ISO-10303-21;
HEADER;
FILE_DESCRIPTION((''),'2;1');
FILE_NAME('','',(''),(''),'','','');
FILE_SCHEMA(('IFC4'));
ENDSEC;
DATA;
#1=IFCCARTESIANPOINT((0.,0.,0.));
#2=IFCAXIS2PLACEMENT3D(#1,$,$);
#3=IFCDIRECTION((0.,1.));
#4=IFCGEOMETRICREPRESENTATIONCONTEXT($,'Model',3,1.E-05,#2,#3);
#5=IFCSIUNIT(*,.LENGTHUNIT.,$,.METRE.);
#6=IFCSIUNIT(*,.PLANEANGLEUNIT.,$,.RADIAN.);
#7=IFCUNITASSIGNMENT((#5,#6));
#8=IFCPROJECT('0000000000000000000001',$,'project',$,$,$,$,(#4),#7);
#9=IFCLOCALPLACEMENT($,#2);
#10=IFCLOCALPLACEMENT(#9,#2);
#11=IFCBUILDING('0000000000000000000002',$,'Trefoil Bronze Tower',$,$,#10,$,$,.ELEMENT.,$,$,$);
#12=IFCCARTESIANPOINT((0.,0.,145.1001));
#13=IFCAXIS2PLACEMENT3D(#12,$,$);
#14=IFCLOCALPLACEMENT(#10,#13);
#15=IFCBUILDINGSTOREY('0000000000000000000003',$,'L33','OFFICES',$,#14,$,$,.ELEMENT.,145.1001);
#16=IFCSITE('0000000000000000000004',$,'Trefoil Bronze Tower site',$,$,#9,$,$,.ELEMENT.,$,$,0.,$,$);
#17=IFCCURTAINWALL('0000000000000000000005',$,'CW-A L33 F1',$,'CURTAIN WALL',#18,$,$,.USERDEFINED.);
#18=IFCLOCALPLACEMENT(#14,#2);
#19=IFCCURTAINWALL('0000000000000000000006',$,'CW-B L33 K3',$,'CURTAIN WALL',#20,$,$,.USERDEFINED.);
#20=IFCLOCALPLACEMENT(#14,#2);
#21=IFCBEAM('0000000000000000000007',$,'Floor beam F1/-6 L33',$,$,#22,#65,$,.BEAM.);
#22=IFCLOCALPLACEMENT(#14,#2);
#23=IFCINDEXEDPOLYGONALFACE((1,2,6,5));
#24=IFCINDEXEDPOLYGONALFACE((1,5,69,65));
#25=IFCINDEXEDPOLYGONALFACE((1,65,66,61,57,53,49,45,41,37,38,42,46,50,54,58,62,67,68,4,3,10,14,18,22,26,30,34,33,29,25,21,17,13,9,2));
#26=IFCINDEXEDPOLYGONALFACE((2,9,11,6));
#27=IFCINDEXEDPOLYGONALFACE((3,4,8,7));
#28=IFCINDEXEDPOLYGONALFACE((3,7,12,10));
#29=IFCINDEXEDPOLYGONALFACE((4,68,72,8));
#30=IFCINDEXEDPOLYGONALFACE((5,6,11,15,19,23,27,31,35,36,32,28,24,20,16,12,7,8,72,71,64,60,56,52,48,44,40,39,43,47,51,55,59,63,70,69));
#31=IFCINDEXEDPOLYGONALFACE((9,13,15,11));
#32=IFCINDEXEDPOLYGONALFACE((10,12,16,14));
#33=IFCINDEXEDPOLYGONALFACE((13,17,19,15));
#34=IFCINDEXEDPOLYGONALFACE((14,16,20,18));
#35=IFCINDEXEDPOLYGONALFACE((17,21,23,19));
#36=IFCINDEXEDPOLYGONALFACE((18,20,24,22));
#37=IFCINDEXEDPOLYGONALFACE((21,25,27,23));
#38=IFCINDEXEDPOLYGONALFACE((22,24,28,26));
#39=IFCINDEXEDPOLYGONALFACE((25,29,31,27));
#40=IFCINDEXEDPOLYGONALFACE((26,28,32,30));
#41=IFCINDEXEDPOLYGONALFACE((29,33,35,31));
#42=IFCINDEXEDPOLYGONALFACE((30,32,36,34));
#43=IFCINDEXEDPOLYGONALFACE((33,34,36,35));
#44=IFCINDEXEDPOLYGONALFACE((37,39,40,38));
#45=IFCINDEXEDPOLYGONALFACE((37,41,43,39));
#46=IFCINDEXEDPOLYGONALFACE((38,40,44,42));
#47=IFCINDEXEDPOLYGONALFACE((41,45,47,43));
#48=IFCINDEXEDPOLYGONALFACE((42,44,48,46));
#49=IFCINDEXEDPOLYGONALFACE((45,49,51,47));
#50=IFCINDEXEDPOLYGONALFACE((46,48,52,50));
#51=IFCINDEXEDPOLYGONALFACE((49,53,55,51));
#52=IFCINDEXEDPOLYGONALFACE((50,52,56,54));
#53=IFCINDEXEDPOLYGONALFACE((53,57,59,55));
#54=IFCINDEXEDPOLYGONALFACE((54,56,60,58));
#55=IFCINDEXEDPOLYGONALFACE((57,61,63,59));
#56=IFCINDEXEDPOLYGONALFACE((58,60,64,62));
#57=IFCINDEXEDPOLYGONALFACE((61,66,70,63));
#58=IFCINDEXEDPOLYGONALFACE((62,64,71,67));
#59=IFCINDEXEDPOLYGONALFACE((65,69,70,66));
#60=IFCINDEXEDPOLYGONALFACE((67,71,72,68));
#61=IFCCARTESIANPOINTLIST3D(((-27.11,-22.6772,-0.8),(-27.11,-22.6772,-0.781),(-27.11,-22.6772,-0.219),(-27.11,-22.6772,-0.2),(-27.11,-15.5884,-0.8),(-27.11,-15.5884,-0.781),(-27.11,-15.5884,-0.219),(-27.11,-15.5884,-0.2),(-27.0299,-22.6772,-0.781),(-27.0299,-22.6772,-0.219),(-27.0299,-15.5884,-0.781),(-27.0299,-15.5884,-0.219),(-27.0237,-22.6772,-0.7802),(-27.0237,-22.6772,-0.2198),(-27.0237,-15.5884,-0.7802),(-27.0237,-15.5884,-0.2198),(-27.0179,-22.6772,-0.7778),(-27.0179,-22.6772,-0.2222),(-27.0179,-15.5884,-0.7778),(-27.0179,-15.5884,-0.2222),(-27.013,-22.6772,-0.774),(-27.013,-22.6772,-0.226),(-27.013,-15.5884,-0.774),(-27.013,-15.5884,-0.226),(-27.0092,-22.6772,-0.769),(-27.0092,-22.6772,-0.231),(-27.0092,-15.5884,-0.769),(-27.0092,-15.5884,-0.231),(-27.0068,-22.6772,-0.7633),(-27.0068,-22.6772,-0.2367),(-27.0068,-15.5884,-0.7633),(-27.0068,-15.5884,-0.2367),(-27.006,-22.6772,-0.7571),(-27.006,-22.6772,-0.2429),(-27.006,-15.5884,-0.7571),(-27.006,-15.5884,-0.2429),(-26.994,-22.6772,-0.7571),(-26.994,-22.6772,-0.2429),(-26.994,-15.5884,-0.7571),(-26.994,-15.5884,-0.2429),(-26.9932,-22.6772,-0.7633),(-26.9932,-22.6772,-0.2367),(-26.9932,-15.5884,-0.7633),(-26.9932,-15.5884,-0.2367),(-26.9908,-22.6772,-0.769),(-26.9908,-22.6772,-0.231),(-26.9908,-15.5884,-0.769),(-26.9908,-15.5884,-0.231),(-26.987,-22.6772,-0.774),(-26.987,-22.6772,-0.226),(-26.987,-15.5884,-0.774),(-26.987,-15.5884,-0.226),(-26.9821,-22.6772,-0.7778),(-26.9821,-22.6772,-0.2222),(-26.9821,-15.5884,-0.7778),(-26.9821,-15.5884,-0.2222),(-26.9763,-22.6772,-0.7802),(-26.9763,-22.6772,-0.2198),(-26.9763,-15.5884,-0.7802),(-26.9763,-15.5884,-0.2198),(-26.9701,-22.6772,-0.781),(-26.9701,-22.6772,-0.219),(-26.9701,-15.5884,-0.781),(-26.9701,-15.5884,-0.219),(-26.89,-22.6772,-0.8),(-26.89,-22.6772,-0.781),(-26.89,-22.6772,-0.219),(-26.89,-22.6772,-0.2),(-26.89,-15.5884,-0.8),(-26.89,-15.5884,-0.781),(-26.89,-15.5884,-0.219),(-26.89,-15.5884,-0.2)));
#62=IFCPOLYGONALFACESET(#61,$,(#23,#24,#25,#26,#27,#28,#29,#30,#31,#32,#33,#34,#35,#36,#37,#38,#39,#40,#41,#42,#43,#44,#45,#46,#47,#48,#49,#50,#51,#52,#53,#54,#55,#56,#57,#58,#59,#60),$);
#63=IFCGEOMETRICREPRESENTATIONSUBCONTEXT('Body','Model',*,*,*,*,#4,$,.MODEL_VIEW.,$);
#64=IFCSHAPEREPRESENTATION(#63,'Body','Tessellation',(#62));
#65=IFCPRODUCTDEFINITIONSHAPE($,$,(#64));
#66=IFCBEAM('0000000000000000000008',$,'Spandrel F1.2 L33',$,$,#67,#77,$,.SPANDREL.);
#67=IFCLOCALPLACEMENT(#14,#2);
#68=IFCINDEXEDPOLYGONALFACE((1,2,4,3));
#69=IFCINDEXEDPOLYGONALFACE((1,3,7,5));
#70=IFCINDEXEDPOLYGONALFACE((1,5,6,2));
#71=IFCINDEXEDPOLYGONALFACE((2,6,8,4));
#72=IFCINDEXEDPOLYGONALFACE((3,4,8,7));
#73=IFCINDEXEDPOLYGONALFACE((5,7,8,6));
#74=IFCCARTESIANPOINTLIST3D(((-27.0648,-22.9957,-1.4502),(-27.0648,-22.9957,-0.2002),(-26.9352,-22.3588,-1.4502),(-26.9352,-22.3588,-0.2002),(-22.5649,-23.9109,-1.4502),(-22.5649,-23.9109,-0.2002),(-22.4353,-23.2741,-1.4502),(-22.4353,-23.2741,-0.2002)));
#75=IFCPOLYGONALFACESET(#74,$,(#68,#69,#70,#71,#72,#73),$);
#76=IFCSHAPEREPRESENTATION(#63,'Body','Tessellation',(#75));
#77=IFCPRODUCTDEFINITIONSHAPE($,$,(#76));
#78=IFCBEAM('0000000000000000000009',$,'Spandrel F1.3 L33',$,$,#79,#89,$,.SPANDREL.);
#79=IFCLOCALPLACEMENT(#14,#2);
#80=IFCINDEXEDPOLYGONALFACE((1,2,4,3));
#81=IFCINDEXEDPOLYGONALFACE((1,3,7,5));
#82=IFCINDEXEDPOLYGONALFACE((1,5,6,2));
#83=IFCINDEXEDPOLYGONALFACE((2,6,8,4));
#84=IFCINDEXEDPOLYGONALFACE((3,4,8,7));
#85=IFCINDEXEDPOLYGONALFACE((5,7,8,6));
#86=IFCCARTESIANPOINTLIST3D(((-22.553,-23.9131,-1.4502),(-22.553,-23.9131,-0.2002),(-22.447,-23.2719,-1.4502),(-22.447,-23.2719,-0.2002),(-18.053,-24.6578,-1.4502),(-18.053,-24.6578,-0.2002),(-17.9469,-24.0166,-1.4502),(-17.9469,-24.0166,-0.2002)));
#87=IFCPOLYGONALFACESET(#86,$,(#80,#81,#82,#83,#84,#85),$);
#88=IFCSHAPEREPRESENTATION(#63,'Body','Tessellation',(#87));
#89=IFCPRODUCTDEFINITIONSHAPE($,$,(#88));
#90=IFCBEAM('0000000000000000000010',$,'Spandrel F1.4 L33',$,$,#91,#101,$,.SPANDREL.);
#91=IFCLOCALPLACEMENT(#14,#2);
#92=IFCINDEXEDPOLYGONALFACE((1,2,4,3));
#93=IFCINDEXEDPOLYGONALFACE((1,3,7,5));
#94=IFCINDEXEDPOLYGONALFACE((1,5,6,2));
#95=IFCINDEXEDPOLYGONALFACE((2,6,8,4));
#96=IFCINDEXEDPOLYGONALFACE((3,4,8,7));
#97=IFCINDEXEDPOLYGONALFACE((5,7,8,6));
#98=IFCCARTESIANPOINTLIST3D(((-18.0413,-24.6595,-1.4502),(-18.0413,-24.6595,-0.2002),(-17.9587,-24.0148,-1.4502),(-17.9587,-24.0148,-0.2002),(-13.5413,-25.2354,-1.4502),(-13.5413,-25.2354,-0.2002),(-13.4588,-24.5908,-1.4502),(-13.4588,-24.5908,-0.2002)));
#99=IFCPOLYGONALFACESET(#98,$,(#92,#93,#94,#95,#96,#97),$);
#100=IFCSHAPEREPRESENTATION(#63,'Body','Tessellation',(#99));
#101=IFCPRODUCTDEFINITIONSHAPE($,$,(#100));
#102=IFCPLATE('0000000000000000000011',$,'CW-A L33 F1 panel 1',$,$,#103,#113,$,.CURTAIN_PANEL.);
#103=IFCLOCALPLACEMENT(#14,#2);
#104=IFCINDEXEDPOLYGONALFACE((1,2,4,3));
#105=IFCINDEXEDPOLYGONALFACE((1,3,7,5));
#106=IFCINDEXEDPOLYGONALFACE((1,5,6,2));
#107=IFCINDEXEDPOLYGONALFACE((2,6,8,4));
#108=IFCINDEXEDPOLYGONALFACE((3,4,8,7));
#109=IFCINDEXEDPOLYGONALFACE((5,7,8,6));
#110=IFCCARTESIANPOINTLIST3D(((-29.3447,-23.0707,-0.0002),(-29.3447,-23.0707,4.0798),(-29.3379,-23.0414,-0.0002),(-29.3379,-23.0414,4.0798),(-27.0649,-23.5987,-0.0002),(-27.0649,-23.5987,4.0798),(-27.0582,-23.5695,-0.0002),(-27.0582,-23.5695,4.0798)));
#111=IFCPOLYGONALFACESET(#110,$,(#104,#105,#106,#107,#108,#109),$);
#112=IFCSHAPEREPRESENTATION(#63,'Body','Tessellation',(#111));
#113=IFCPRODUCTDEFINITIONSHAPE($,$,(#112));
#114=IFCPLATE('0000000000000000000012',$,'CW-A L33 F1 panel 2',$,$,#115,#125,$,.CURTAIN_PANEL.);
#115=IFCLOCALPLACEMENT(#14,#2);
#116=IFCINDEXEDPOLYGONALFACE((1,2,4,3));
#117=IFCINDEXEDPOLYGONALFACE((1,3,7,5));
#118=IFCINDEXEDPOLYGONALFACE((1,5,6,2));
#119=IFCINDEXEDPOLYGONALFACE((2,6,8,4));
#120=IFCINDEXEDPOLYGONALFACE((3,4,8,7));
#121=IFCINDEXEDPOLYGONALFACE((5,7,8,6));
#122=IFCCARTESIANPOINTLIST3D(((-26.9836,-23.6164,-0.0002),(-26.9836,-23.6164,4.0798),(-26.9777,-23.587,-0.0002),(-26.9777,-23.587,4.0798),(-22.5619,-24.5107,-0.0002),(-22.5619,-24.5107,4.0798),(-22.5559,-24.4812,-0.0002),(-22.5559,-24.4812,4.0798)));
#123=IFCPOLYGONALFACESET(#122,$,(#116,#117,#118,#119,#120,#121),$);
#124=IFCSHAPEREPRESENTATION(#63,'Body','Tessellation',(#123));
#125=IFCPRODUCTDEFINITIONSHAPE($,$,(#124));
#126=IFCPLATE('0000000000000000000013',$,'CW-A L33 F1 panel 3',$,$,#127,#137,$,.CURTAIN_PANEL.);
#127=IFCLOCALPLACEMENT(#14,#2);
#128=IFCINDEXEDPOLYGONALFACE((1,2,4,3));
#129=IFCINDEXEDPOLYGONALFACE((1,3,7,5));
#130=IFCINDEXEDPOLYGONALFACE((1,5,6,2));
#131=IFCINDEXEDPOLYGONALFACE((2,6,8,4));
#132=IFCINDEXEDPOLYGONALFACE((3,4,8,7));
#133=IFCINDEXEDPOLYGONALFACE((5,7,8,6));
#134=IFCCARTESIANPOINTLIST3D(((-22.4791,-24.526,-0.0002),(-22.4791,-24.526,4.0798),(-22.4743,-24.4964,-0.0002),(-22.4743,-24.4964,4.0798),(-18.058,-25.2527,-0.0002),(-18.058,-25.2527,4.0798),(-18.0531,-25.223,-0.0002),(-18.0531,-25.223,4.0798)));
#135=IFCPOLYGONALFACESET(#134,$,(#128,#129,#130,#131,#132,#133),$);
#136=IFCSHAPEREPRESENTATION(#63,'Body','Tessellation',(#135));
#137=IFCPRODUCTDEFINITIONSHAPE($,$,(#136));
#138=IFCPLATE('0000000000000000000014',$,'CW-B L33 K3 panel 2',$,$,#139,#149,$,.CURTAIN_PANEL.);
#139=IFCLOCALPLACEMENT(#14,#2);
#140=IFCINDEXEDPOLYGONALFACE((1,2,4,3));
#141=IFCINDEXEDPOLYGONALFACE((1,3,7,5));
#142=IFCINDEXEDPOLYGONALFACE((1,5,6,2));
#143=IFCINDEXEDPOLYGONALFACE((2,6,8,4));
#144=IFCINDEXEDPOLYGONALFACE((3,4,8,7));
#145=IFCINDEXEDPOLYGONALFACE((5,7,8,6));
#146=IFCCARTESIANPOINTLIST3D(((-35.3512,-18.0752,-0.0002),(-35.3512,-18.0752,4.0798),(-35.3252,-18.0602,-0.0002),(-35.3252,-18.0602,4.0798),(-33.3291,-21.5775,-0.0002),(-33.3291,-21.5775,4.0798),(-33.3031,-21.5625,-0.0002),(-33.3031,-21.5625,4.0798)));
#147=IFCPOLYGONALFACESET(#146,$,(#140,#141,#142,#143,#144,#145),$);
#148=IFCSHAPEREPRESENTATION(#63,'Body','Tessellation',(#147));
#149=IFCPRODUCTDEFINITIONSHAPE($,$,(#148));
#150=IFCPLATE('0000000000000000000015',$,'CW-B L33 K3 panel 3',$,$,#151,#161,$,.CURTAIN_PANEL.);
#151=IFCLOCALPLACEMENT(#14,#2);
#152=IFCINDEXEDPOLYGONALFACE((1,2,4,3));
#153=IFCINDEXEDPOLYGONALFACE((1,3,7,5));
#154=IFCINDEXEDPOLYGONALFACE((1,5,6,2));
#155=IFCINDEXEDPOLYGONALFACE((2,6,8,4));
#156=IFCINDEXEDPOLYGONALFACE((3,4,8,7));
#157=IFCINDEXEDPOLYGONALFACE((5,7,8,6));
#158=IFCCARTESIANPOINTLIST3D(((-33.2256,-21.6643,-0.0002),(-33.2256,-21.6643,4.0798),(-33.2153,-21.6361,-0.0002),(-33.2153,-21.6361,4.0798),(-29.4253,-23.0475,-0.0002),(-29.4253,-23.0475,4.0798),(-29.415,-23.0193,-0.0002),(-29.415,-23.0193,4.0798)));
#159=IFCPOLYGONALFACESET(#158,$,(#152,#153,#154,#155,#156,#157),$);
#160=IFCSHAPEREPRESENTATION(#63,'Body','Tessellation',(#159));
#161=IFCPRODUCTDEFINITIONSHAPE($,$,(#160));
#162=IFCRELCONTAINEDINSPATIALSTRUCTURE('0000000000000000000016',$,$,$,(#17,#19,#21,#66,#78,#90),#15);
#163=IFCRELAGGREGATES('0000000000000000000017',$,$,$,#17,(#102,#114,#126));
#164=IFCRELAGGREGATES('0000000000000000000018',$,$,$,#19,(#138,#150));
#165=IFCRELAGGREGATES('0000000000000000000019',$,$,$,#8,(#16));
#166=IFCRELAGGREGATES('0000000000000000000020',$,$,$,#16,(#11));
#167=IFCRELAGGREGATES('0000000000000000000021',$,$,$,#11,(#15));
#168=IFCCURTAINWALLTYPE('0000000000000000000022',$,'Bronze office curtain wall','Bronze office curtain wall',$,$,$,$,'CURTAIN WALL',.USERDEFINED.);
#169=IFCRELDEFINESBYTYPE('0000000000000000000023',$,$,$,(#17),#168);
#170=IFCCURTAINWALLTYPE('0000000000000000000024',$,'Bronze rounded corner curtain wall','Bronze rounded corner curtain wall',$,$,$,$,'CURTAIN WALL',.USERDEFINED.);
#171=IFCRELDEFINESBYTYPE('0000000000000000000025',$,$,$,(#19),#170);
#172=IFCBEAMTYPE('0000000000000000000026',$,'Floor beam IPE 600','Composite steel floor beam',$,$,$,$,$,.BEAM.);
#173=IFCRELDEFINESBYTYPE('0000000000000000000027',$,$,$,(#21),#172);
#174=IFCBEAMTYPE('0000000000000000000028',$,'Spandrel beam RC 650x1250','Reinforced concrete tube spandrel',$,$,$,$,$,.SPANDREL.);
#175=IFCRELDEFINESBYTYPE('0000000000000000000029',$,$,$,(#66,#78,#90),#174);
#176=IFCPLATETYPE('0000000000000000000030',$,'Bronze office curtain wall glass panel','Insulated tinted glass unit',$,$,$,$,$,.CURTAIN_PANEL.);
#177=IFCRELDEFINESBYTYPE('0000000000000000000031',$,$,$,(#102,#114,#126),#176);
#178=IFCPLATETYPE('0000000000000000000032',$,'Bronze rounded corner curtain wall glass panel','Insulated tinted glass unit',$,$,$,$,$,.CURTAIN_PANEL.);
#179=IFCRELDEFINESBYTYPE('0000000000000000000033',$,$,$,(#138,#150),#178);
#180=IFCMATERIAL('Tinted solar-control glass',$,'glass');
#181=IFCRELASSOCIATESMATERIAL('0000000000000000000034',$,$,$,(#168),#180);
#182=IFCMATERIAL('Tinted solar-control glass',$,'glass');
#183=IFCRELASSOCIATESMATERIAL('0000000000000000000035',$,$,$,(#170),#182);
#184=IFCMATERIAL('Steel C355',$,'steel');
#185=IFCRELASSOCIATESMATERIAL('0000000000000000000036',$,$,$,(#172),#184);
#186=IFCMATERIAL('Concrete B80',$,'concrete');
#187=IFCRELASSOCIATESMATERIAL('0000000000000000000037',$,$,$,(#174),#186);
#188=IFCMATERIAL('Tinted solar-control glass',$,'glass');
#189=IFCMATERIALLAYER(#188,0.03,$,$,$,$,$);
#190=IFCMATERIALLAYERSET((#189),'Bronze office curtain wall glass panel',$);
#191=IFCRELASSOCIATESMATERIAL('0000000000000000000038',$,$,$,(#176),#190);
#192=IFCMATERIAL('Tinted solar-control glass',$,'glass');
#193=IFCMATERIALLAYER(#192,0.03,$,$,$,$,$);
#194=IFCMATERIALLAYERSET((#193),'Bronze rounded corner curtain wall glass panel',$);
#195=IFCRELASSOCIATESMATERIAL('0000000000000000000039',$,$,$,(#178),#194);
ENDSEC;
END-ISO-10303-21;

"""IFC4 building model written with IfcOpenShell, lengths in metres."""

from ifc_helpers import new_model, si_unit, direction, frame, origin, origin_2d, place, context, subcontext, project, spatial, rectangle, i_section, extrude, material, layer, layer_set, material_profile, profile_set, type_object, element, aggregate, save


model = new_model("IFC4")

# Units and contexts
model_context = context("Model", 3, precision=1e-05, world=origin(), true_north=direction((0.0, 1.0)))
body_context = subcontext(model_context, "Body", "Model", "MODEL_VIEW")
ifc_project = project(units=[si_unit("LENGTHUNIT", "METRE"), si_unit("PLANEANGLEUNIT", "RADIAN")], contexts=[model_context])

# Site, building, storey
site_placement = place(None, origin())
site = spatial("IfcSite", under=ifc_project, at=site_placement, Name="Trefoil Bronze Tower site", CompositionType="ELEMENT", RefElevation=0.0)
building_placement = place(site_placement, origin())
building = spatial("IfcBuilding", under=site, at=building_placement, Name="Trefoil Bronze Tower", CompositionType="ELEMENT")
storey_placement = place(building_placement, frame((0.0, 0.0, 145.1001)))
storey = spatial("IfcBuildingStorey", under=building, at=storey_placement, Name="L33", Description="OFFICES", CompositionType="ELEMENT", Elevation=145.1001)

# Curtain walls
ifc_material_1 = material(Name="Tinted solar-control glass", Category="glass")
curtain_wall_type_1 = type_object("IfcCurtainWallType", Name="Bronze office curtain wall", Description="Bronze office curtain wall", ElementType="CURTAIN WALL", PredefinedType="USERDEFINED", material=ifc_material_1)
curtain_wall_1_placement = place(storey_placement, origin())
curtain_wall_1 = element("IfcCurtainWall", 1, at=curtain_wall_1_placement, inside=storey, type_object=curtain_wall_type_1, Name="CW-A L33 F1", ObjectType="CURTAIN WALL", PredefinedType="USERDEFINED")
ifc_material_2 = material(Name="Tinted solar-control glass", Category="glass")
curtain_wall_type_2 = type_object("IfcCurtainWallType", Name="Bronze rounded corner curtain wall", Description="Bronze rounded corner curtain wall", ElementType="CURTAIN WALL", PredefinedType="USERDEFINED", material=ifc_material_2)
curtain_wall_2_placement = place(storey_placement, origin())
curtain_wall_2 = element("IfcCurtainWall", 2, at=curtain_wall_2_placement, inside=storey, type_object=curtain_wall_type_2, Name="CW-B L33 K3", ObjectType="CURTAIN WALL", PredefinedType="USERDEFINED")

# Beams
ifc_material_3 = material(Name="Steel C355", Category="steel")
ifc_material_profile_1 = material_profile(ifc_material_3, i_section(OverallWidth=0.22, OverallDepth=0.6001, WebThickness=0.012, FlangeThickness=0.019, FilletRadius=0.0239, at=origin_2d()), Name="IPE 600")
ifc_profile_set_1 = profile_set([ifc_material_profile_1], Name="Steel C355")
beam_type_1 = type_object("IfcBeamType", Name="Floor beam IPE 600", Description="Composite steel floor beam", PredefinedType="BEAM", material=ifc_profile_set_1)
beam_1_placement = place(storey_placement, frame((-27.0, -22.6772, -0.5), z_axis=(0.0, 1.0, 0.0), x_axis=(-1.0, 0.0, 0.0)))
element("IfcBeam", 3, at=beam_1_placement, inside=storey, type_object=beam_type_1, Name="Floor beam F1/-6 L33", PredefinedType="BEAM", context=body_context, shape_type="SweptSolid", body=[
    extrude(i_section(OverallWidth=0.22, OverallDepth=0.6001, WebThickness=0.012, FlangeThickness=0.019, FilletRadius=0.0239, at=origin_2d()), origin(), (0.0, 0.0, 1.0), 7.0889),
])
ifc_material_4 = material(Name="Concrete B80", Category="concrete")
ifc_material_profile_2 = material_profile(ifc_material_4, rectangle(XDim=0.6499, YDim=1.25, at=origin_2d()), Name="RC 650x1250")
ifc_profile_set_2 = profile_set([ifc_material_profile_2], Name="Concrete B80")
beam_type_2 = type_object("IfcBeamType", Name="Spandrel beam RC 650x1250", Description="Reinforced concrete tube spandrel", PredefinedType="SPANDREL", material=ifc_profile_set_2)
beam_2_placement = place(storey_placement, frame((-27.0, -22.6772, -0.8252), z_axis=(0.979935, -0.199315, 0.0), x_axis=(0.199315, 0.979935, 0.0)))
element("IfcBeam", 4, at=beam_2_placement, inside=storey, type_object=beam_type_2, Name="Spandrel F1.2 L33", PredefinedType="SPANDREL", context=body_context, shape_type="SweptSolid", body=[
    extrude(rectangle(XDim=0.6499, YDim=1.25, at=origin_2d()), origin(), (0.0, 0.0, 1.0), 4.592),
])
beam_3_placement = place(storey_placement, frame((-22.5, -23.5925, -0.8252), z_axis=(0.986584, -0.163253, 0.0), x_axis=(0.163253, 0.986584, 0.0)))
element("IfcBeam", 5, at=beam_3_placement, inside=storey, type_object=beam_type_2, Name="Spandrel F1.3 L33", PredefinedType="SPANDREL", context=body_context, shape_type="SweptSolid", body=[
    extrude(rectangle(XDim=0.6499, YDim=1.25, at=origin_2d()), origin(), (0.0, 0.0, 1.0), 4.5613),
])
beam_4_placement = place(storey_placement, frame((-18.0, -24.3372, -0.8252), z_axis=(0.991909, -0.126948, 0.0), x_axis=(0.126948, 0.991909, 0.0)))
element("IfcBeam", 6, at=beam_4_placement, inside=storey, type_object=beam_type_2, Name="Spandrel F1.4 L33", PredefinedType="SPANDREL", context=body_context, shape_type="SweptSolid", body=[
    extrude(rectangle(XDim=0.6499, YDim=1.25, at=origin_2d()), origin(), (0.0, 0.0, 1.0), 4.5366),
])

# Plates
ifc_material_5 = material(Name="Tinted solar-control glass", Category="glass")
ifc_layer_1 = layer(ifc_material_5, 0.03)
ifc_layer_set_1 = layer_set([ifc_layer_1], Name="Bronze office curtain wall glass panel")
plate_type_1 = type_object("IfcPlateType", Name="Bronze office curtain wall glass panel", Description="Insulated tinted glass unit", PredefinedType="CURTAIN_PANEL", material=ifc_layer_set_1)
plate_1_placement = place(storey_placement, frame((-28.2014, -23.3201, -0.0002), z_axis=(0.0, 0.0, 1.0), x_axis=(0.974204, -0.225667, 0.0)))
plate_1 = element("IfcPlate", 7, at=plate_1_placement, type_object=plate_type_1, Name="CW-A L33 F1 panel 1", PredefinedType="CURTAIN_PANEL", context=body_context, shape_type="SweptSolid", body=[
    extrude(rectangle(XDim=2.3401, YDim=0.03, at=origin_2d()), origin(), (0.0, 0.0, 1.0), 4.0801),
])
plate_2_placement = place(storey_placement, frame((-24.7698, -24.0488, -0.0002), z_axis=(0.0, 0.0, 1.0), x_axis=(0.980155, -0.198232, 0.0)))
plate_2 = element("IfcPlate", 8, at=plate_2_placement, type_object=plate_type_1, Name="CW-A L33 F1 panel 2", PredefinedType="CURTAIN_PANEL", context=body_context, shape_type="SweptSolid", body=[
    extrude(rectangle(XDim=4.5112, YDim=0.03, at=origin_2d()), origin(), (0.0, 0.0, 1.0), 4.0801),
])
plate_3_placement = place(storey_placement, frame((-20.2661, -24.8745, -0.0002), z_axis=(0.0, 0.0, 1.0), x_axis=(0.98676, -0.162189, 0.0)))
plate_3 = element("IfcPlate", 9, at=plate_3_placement, type_object=plate_type_1, Name="CW-A L33 F1 panel 3", PredefinedType="CURTAIN_PANEL", context=body_context, shape_type="SweptSolid", body=[
    extrude(rectangle(XDim=4.4805, YDim=0.03, at=origin_2d()), origin(), (0.0, 0.0, 1.0), 4.0801),
])
aggregate(curtain_wall_1, [plate_1, plate_2, plate_3])
ifc_material_6 = material(Name="Tinted solar-control glass", Category="glass")
ifc_layer_2 = layer(ifc_material_6, 0.03)
ifc_layer_set_2 = layer_set([ifc_layer_2], Name="Bronze rounded corner curtain wall glass panel")
plate_type_2 = type_object("IfcPlateType", Name="Bronze rounded corner curtain wall glass panel", Description="Insulated tinted glass unit", PredefinedType="CURTAIN_PANEL", material=ifc_layer_set_2)
plate_4_placement = place(storey_placement, frame((-34.3271, -19.8188, -0.0002), z_axis=(0.0, 0.0, 1.0), x_axis=(0.5, -0.866025, 0.0)))
plate_4 = element("IfcPlate", 10, at=plate_4_placement, type_object=plate_type_2, Name="CW-B L33 K3 panel 2", PredefinedType="CURTAIN_PANEL", context=body_context, shape_type="SweptSolid", body=[
    extrude(rectangle(XDim=4.0442, YDim=0.03, at=origin_2d()), origin(), (0.0, 0.0, 1.0), 4.0801),
])
plate_5_placement = place(storey_placement, frame((-31.3203, -22.3418, -0.0002), z_axis=(0.0, 0.0, 1.0), x_axis=(0.939693, -0.34202, 0.0)))
plate_5 = element("IfcPlate", 11, at=plate_5_placement, type_object=plate_type_2, Name="CW-B L33 K3 panel 3", PredefinedType="CURTAIN_PANEL", context=body_context, shape_type="SweptSolid", body=[
    extrude(rectangle(XDim=4.0442, YDim=0.03, at=origin_2d()), origin(), (0.0, 0.0, 1.0), 4.0801),
])
aggregate(curtain_wall_2, [plate_4, plate_5])

save(model, "model.ifc")
